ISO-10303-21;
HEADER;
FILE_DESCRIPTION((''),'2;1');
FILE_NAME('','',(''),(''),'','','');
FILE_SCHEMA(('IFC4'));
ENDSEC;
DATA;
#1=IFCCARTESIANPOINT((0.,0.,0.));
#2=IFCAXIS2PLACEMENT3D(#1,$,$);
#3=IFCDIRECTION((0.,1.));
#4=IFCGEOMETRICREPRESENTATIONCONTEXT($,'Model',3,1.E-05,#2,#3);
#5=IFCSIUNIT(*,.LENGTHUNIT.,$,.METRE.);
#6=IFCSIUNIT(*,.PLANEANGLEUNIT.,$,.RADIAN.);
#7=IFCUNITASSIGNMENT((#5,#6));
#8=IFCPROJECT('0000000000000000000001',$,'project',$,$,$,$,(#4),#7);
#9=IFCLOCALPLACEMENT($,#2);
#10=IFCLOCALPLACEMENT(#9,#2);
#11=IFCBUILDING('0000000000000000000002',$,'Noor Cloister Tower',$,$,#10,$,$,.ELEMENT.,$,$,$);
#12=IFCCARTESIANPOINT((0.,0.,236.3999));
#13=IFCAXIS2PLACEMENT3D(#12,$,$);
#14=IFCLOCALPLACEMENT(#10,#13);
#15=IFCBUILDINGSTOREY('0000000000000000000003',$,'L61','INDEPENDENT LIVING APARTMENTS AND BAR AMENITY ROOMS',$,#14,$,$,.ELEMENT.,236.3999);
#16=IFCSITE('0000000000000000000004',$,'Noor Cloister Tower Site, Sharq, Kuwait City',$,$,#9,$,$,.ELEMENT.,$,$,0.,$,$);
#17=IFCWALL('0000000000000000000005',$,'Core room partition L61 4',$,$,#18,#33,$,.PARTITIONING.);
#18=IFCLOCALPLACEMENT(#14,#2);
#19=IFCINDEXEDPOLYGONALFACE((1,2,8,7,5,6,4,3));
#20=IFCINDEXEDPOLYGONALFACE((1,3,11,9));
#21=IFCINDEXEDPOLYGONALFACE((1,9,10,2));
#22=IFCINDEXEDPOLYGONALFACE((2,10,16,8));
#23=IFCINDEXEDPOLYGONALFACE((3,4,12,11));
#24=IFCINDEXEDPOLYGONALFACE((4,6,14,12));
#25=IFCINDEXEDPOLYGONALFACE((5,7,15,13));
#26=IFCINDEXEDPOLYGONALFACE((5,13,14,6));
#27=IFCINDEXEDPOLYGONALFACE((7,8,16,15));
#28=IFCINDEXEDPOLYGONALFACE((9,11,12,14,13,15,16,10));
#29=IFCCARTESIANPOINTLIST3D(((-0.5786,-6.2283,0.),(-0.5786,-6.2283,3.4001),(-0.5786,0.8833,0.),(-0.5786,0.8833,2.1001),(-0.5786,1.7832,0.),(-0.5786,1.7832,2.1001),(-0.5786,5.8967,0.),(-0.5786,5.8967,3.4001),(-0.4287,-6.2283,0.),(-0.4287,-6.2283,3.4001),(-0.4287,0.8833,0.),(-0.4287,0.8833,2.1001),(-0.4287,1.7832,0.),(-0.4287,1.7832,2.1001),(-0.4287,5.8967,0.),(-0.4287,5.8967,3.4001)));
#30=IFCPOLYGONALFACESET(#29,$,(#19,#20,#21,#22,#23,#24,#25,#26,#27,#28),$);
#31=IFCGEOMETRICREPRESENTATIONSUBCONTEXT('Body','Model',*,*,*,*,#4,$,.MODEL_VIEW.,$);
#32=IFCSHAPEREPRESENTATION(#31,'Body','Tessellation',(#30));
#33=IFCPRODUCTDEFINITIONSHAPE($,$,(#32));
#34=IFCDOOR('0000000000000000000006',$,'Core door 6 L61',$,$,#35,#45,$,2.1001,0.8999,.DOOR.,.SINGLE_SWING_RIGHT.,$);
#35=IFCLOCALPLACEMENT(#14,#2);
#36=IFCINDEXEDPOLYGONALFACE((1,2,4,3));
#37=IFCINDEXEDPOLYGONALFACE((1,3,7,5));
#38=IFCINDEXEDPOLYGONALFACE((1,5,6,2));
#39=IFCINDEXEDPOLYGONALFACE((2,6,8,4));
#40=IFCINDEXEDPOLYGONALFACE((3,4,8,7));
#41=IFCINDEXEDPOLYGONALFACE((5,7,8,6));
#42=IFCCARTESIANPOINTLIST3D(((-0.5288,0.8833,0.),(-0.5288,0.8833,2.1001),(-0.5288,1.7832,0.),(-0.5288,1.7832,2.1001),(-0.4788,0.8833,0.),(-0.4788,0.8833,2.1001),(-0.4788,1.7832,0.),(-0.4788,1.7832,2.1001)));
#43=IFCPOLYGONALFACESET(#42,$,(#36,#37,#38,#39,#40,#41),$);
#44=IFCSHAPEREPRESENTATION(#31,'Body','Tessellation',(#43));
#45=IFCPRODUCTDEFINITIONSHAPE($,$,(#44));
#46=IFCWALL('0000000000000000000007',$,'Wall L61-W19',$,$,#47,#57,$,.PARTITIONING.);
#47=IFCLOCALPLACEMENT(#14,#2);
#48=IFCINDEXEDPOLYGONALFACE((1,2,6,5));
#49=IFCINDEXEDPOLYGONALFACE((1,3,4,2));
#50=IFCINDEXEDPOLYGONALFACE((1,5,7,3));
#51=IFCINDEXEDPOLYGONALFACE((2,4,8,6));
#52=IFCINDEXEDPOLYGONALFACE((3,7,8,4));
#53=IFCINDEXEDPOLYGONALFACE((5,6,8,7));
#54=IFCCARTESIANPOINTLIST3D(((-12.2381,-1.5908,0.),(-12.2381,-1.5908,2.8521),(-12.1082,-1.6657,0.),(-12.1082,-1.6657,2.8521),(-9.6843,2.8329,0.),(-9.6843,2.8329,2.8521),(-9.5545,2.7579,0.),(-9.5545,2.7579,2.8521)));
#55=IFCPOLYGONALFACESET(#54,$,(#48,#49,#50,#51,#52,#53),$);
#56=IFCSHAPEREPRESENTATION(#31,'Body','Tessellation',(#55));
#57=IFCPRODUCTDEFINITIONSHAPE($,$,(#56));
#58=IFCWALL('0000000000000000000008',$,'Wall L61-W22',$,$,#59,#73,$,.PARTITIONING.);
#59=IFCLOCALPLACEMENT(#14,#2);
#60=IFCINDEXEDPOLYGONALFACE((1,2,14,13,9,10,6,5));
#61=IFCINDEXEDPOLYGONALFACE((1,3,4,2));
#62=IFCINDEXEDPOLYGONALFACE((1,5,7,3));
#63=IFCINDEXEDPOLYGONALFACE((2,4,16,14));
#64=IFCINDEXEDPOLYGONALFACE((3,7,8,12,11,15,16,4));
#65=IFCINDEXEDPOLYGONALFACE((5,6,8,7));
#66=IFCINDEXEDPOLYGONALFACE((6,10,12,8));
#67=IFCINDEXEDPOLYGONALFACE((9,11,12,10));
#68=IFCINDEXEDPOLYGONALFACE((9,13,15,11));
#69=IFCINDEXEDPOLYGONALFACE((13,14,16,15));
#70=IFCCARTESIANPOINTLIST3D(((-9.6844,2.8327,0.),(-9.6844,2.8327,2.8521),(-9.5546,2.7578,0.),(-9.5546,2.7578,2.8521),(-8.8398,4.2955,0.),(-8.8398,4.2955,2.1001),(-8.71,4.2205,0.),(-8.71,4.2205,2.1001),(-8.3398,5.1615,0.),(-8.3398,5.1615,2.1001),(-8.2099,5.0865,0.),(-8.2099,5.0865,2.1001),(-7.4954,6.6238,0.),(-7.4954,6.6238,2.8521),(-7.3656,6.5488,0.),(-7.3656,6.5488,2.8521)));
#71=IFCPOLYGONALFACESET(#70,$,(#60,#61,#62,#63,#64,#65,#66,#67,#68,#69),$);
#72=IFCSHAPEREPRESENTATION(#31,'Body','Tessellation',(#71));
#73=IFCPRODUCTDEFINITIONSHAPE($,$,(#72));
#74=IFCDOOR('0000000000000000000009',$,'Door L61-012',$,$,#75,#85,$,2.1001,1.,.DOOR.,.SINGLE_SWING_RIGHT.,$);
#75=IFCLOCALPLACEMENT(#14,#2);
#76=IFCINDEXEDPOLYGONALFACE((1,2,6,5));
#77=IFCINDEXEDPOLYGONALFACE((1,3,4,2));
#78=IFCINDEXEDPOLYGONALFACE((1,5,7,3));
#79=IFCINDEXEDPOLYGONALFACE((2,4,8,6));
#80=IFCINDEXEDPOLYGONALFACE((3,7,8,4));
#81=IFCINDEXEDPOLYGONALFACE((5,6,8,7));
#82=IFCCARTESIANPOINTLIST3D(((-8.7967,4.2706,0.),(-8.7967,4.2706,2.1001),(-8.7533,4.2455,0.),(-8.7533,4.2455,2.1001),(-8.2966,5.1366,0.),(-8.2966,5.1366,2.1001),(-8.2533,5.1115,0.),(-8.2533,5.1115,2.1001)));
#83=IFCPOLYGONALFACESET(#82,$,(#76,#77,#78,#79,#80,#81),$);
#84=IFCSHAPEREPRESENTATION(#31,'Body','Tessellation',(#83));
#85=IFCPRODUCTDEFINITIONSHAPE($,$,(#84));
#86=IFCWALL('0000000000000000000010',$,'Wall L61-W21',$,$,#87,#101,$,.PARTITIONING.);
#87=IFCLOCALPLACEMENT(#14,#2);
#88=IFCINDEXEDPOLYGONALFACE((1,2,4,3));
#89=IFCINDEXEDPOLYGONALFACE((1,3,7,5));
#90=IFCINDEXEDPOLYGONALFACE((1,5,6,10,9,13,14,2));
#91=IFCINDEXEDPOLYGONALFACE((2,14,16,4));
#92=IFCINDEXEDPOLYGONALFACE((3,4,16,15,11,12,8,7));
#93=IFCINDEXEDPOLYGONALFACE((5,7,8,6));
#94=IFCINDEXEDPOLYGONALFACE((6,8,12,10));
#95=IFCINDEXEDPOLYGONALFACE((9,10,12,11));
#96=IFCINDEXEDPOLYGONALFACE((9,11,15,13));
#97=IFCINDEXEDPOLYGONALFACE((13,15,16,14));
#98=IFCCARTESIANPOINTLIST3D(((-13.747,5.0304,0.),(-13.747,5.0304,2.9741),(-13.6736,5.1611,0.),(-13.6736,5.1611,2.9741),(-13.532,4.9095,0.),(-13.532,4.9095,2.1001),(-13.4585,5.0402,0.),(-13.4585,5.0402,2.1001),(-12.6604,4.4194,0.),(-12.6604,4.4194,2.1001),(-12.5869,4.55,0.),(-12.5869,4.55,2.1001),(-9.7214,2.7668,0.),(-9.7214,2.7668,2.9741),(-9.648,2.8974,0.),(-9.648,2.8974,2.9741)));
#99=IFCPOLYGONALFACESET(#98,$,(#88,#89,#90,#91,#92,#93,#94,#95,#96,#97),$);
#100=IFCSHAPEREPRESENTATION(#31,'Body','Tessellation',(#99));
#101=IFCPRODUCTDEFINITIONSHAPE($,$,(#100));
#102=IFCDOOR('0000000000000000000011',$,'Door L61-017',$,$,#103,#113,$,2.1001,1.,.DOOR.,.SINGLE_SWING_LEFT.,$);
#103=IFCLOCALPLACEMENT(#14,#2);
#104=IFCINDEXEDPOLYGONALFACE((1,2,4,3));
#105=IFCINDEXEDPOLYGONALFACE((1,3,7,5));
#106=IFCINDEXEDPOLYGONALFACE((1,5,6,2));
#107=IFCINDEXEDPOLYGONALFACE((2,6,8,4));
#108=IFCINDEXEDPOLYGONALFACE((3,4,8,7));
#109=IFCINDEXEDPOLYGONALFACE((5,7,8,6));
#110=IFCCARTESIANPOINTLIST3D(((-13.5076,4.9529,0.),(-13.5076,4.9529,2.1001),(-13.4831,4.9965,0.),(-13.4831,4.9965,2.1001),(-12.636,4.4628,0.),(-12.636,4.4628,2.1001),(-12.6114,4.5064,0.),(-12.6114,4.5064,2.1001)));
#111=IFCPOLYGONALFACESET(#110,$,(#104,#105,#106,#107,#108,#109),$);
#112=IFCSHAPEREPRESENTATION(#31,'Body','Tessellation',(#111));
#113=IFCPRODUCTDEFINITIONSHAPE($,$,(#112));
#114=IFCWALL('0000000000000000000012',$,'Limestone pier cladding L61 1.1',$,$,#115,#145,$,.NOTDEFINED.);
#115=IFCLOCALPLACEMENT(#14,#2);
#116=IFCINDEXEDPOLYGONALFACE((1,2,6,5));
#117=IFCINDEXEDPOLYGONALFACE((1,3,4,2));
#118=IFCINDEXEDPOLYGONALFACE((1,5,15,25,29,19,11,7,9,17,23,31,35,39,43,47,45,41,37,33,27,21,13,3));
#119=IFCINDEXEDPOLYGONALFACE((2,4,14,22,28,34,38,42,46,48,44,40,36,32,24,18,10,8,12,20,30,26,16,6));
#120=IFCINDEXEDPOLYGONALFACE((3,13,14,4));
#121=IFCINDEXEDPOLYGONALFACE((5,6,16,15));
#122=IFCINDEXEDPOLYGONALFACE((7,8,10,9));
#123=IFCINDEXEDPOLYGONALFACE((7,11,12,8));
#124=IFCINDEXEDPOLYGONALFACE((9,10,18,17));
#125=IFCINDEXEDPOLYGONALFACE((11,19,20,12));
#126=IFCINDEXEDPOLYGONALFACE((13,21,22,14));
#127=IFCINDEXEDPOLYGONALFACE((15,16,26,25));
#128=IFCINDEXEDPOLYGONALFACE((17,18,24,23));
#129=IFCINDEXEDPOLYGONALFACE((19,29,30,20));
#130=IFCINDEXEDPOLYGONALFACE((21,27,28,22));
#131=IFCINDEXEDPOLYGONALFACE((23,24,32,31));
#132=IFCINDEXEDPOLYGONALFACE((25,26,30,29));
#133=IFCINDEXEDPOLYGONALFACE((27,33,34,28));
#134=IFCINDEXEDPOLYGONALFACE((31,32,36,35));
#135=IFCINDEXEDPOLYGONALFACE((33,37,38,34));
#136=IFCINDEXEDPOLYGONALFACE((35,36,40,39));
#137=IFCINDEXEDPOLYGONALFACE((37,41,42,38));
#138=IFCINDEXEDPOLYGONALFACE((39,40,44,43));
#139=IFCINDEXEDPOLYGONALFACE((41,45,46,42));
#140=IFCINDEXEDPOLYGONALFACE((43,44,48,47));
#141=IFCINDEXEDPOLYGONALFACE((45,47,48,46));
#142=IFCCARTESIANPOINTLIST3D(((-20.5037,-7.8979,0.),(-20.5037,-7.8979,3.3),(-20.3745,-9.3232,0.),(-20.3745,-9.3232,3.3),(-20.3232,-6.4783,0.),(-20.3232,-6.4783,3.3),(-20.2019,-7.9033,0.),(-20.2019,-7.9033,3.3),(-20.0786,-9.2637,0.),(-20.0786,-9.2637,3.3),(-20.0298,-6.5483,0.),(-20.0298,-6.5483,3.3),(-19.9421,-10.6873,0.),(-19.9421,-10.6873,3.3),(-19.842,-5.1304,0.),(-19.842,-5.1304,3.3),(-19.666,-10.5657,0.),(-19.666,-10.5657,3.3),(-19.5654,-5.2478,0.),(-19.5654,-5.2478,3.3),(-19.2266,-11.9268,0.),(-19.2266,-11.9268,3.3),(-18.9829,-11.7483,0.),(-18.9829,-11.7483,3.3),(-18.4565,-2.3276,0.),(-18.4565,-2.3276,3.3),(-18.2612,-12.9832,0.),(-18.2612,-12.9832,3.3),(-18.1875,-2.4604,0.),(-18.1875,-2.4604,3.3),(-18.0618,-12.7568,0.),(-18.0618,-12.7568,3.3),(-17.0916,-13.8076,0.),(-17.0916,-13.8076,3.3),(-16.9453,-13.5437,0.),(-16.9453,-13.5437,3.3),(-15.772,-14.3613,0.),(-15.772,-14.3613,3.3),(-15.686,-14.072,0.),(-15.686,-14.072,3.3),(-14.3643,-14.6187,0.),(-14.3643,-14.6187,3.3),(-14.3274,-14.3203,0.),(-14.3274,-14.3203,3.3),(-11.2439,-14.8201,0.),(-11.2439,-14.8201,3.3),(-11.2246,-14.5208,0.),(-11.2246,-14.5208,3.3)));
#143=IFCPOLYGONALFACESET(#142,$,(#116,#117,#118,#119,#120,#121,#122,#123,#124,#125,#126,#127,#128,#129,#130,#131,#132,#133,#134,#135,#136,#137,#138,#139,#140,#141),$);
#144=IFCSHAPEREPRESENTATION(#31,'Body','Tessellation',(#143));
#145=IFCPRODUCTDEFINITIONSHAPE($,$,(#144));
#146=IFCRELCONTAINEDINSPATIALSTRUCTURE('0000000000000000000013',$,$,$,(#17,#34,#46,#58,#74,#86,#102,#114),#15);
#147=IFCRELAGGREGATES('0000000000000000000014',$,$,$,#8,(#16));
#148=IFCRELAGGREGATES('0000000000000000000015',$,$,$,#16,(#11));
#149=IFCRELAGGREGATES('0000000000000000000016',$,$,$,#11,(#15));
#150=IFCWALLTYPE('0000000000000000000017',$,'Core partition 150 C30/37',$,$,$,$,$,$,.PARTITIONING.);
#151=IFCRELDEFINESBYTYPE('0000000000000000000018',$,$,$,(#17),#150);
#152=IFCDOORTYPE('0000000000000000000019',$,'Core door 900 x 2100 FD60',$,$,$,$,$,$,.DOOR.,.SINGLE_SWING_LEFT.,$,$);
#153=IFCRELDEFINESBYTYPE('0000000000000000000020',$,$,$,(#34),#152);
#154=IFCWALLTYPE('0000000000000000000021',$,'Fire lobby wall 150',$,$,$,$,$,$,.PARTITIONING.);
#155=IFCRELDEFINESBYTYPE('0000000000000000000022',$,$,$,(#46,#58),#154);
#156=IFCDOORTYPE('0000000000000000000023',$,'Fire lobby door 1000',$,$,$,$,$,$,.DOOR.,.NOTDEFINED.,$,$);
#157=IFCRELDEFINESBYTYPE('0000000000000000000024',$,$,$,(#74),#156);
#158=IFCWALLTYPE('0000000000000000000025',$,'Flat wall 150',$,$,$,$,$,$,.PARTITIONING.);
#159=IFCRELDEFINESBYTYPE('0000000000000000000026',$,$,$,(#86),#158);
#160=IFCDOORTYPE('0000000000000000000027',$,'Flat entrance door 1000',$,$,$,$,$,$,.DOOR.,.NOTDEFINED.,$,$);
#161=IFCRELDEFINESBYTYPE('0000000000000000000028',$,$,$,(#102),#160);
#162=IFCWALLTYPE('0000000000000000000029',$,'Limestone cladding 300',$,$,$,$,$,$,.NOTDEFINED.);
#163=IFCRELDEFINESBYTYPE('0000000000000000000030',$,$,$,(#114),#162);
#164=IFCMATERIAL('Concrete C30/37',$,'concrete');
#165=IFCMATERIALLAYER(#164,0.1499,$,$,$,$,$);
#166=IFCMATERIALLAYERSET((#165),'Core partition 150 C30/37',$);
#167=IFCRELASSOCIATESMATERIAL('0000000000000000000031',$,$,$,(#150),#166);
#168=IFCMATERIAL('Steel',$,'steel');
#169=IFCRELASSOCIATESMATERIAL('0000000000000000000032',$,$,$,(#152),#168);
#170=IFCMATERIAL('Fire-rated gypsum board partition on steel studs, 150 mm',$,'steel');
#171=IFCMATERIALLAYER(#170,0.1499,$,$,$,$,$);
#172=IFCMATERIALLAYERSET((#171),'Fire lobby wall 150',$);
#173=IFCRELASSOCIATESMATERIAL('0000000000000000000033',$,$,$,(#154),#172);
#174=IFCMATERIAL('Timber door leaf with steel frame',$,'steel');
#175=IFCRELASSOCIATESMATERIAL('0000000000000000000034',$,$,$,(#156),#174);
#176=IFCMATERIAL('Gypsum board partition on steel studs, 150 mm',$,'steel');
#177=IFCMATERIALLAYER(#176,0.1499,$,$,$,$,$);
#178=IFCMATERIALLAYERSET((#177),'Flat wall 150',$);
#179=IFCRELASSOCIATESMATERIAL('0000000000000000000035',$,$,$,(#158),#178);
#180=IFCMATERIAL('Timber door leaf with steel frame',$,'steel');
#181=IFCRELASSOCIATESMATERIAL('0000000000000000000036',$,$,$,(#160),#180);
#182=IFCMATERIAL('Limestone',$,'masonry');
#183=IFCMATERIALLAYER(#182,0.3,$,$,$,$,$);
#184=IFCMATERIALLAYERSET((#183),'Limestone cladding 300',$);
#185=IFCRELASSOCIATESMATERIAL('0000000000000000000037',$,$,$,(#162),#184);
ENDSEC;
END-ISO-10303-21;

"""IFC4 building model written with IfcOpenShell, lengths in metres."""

from ifc_helpers import new_model, si_unit, direction, frame, frame_2d, origin, place, context, subcontext, project, spatial, polyline, rectangle, outline, extrude, material, layer, layer_set, type_object, element, fill, save


model = new_model("IFC4")

# Units and contexts
model_context = context("Model", 3, precision=1e-05, world=origin(), true_north=direction((0.0, 1.0)))
body_context = subcontext(model_context, "Body", "Model", "MODEL_VIEW")
ifc_project = project(units=[si_unit("LENGTHUNIT", "METRE"), si_unit("PLANEANGLEUNIT", "RADIAN")], contexts=[model_context])

# Site, building, storey
site_placement = place(None, origin())
site = spatial("IfcSite", under=ifc_project, at=site_placement, Name="Noor Cloister Tower Site, Sharq, Kuwait City", CompositionType="ELEMENT", RefElevation=0.0)
building_placement = place(site_placement, origin())
building = spatial("IfcBuilding", under=site, at=building_placement, Name="Noor Cloister Tower", CompositionType="ELEMENT")
storey_placement = place(building_placement, frame((0.0, 0.0, 236.3999)))
storey = spatial("IfcBuildingStorey", under=building, at=storey_placement, Name="L61", Description="INDEPENDENT LIVING APARTMENTS AND BAR AMENITY ROOMS", CompositionType="ELEMENT", Elevation=236.3999)

# Shared definitions
ifc_material_1 = material(Name="Concrete C30/37", Category="concrete")
ifc_layer_1 = layer(ifc_material_1, 0.1499)
ifc_layer_set_1 = layer_set([ifc_layer_1], Name="Core partition 150 C30/37")
wall_type_1 = type_object("IfcWallType", Name="Core partition 150 C30/37", PredefinedType="PARTITIONING", material=ifc_layer_set_1)

# Wall, opening, door
wall_1_placement = place(storey_placement, frame((-0.5037, 5.8967, 0.0), z_axis=(0.0, 0.0, 1.0), x_axis=(0.0, -1.0, 0.0)))
wall_1 = element("IfcWall", 1, at=wall_1_placement, inside=storey, type_object=wall_type_1, Name="Core room partition L61 4", PredefinedType="PARTITIONING", context=body_context, shape_type="SweptSolid", body=[
    extrude(rectangle(XDim=12.125, YDim=0.1499, at=frame_2d((6.0625, 0.0))), origin(), (0.0, 0.0, 1.0), 3.4001),
])
opening_1_placement = place(wall_1_placement, frame((4.1135, 0.0, 0.0)))
opening_1 = element("IfcOpeningElement", 2, at=opening_1_placement, cuts=wall_1, PredefinedType="OPENING", context=body_context, shape_type="SweptSolid", body=[
    extrude(rectangle(XDim=0.8999, YDim=2.1001, at=frame_2d((0.45, 1.05))), frame((0.0, 0.085, 0.0), z_axis=(0.0, -1.0, 0.0), x_axis=(1.0, 0.0, 0.0)), (0.0, 0.0, 1.0), 0.1699),
])
ifc_material_2 = material(Name="Steel", Category="steel")
door_type_1 = type_object("IfcDoorType", Name="Core door 900 x 2100 FD60", OperationType="SINGLE_SWING_LEFT", PredefinedType="DOOR", material=ifc_material_2)
door_1_placement = place(opening_1_placement, origin())
door_1 = element("IfcDoor", 3, at=door_1_placement, inside=storey, type_object=door_type_1, Name="Core door 6 L61", OperationType="SINGLE_SWING_RIGHT", OverallHeight=2.1001, OverallWidth=0.8999, PredefinedType="DOOR", context=body_context, shape_type="SweptSolid", body=[
    extrude(rectangle(XDim=0.8999, YDim=2.1001, at=frame_2d((0.45, 1.05))), frame((0.0, 0.0249, 0.0), z_axis=(0.0, -1.0, 0.0), x_axis=(1.0, 0.0, 0.0)), (0.0, 0.0, 1.0), 0.05),
])
fill(opening_1, door_1)

# Wall
ifc_material_3 = material(Name="Fire-rated gypsum board partition on steel studs, 150 mm", Category="steel")
ifc_layer_2 = layer(ifc_material_3, 0.1499)
ifc_layer_set_2 = layer_set([ifc_layer_2], Name="Fire lobby wall 150")
wall_type_2 = type_object("IfcWallType", Name="Fire lobby wall 150", PredefinedType="PARTITIONING", material=ifc_layer_set_2)
wall_2_placement = place(storey_placement, frame((-9.6194, 2.7954, 0.0), z_axis=(0.0, 0.0, 1.0), x_axis=(-0.499964, -0.866046, 0.0)))
element("IfcWall", 4, at=wall_2_placement, inside=storey, type_object=wall_type_2, Name="Wall L61-W19", PredefinedType="PARTITIONING", context=body_context, shape_type="SweptSolid", body=[
    extrude(rectangle(XDim=5.1079, YDim=0.1499, at=frame_2d((2.554, 0.0))), origin(), (0.0, 0.0, 1.0), 2.8521),
])

# Walls, openings, doors
wall_3_placement = place(storey_placement, frame((-7.4304, 6.5864, 0.0), z_axis=(0.0, 0.0, 1.0), x_axis=(-0.500038, -0.866004, 0.0)))
wall_3 = element("IfcWall", 5, at=wall_3_placement, inside=storey, type_object=wall_type_2, Name="Wall L61-W22", PredefinedType="PARTITIONING", context=body_context, shape_type="SweptSolid", body=[
    extrude(rectangle(XDim=4.3777, YDim=0.1499, at=frame_2d((2.189, 0.0))), origin(), (0.0, 0.0, 1.0), 2.8521),
])
opening_2_placement = place(wall_3_placement, frame((1.6887, 0.0, 0.0)))
opening_2 = element("IfcOpeningElement", 6, at=opening_2_placement, cuts=wall_3, PredefinedType="OPENING", context=body_context, shape_type="SweptSolid", body=[
    extrude(rectangle(XDim=1.0, YDim=2.1001, at=frame_2d((0.5, 1.05))), frame((0.0, 0.085, 0.0), z_axis=(0.0, -1.0, 0.0), x_axis=(1.0, 0.0, 0.0)), (0.0, 0.0, 1.0), 0.1699),
])
ifc_material_4 = material(Name="Timber door leaf with steel frame", Category="steel")
door_type_2 = type_object("IfcDoorType", Name="Fire lobby door 1000", OperationType="NOTDEFINED", PredefinedType="DOOR", material=ifc_material_4)
door_2_placement = place(opening_2_placement, origin())
door_2 = element("IfcDoor", 7, at=door_2_placement, inside=storey, type_object=door_type_2, Name="Door L61-012", OperationType="SINGLE_SWING_RIGHT", OverallHeight=2.1001, OverallWidth=1.0, PredefinedType="DOOR", context=body_context, shape_type="SweptSolid", body=[
    extrude(rectangle(XDim=1.0, YDim=2.1001, at=frame_2d((0.5, 1.05))), frame((0.0, 0.0249, 0.0), z_axis=(0.0, -1.0, 0.0), x_axis=(1.0, 0.0, 0.0)), (0.0, 0.0, 1.0), 0.05),
])
fill(opening_2, door_2)
ifc_material_5 = material(Name="Gypsum board partition on steel studs, 150 mm", Category="steel")
ifc_layer_3 = layer(ifc_material_5, 0.1499)
ifc_layer_set_3 = layer_set([ifc_layer_3], Name="Flat wall 150")
wall_type_3 = type_object("IfcWallType", Name="Flat wall 150", PredefinedType="PARTITIONING", material=ifc_layer_set_3)
wall_4_placement = place(storey_placement, frame((-13.7102, 5.0957, 0.0), z_axis=(0.0, 0.0, 1.0), x_axis=(0.871645, -0.490138, 0.0)))
wall_4 = element("IfcWall", 8, at=wall_4_placement, inside=storey, type_object=wall_type_3, Name="Wall L61-W21", PredefinedType="PARTITIONING", context=body_context, shape_type="SweptSolid", body=[
    extrude(rectangle(XDim=4.6184, YDim=0.1499, at=frame_2d((2.3091, 0.0))), origin(), (0.0, 0.0, 1.0), 2.9741),
])
opening_3_placement = place(wall_4_placement, frame((0.2466, 0.0, 0.0)))
opening_3 = element("IfcOpeningElement", 9, at=opening_3_placement, cuts=wall_4, PredefinedType="OPENING", context=body_context, shape_type="SweptSolid", body=[
    extrude(rectangle(XDim=1.0, YDim=2.1001, at=frame_2d((0.5, 1.05))), frame((0.0, 0.085, 0.0), z_axis=(0.0, -1.0, 0.0), x_axis=(1.0, 0.0, 0.0)), (0.0, 0.0, 1.0), 0.1699),
])
ifc_material_6 = material(Name="Timber door leaf with steel frame", Category="steel")
door_type_3 = type_object("IfcDoorType", Name="Flat entrance door 1000", OperationType="NOTDEFINED", PredefinedType="DOOR", material=ifc_material_6)
door_3_placement = place(opening_3_placement, origin())
door_3 = element("IfcDoor", 10, at=door_3_placement, inside=storey, type_object=door_type_3, Name="Door L61-017", OperationType="SINGLE_SWING_LEFT", OverallHeight=2.1001, OverallWidth=1.0, PredefinedType="DOOR", context=body_context, shape_type="SweptSolid", body=[
    extrude(rectangle(XDim=1.0, YDim=2.1001, at=frame_2d((0.5, 1.05))), frame((0.0, 0.0249, 0.0), z_axis=(0.0, -1.0, 0.0), x_axis=(1.0, 0.0, 0.0)), (0.0, 0.0, 1.0), 0.05),
])
fill(opening_3, door_3)

# Wall
ifc_material_7 = material(Name="Limestone", Category="masonry")
ifc_layer_4 = layer(ifc_material_7, 0.3)
ifc_layer_set_4 = layer_set([ifc_layer_4], Name="Limestone cladding 300")
wall_type_4 = type_object("IfcWallType", Name="Limestone cladding 300", PredefinedType="NOTDEFINED", material=ifc_layer_set_4)
wall_5_placement = place(storey_placement, origin())
element("IfcWall", 11, at=wall_5_placement, inside=storey, type_object=wall_type_4, Name="Limestone pier cladding L61 1.1", PredefinedType="NOTDEFINED", context=body_context, shape_type="SweptSolid", body=[
    extrude(outline(polyline([(-18.4565, -2.3276), (-19.842, -5.1304), (-20.3232, -6.4783), (-20.5037, -7.8979), (-20.3745, -9.3232), (-19.9421, -10.6873), (-19.2266, -11.9268), (-18.2612, -12.9832), (-17.0916, -13.8076), (-15.772, -14.3613), (-14.3643, -14.6187), (-11.2439, -14.8201), (-11.2246, -14.5208), (-14.3274, -14.3203), (-15.686, -14.072), (-16.9453, -13.5437), (-18.0618, -12.7568), (-18.9829, -11.7483), (-19.666, -10.5657), (-20.0786, -9.2637), (-20.2019, -7.9033), (-20.0298, -6.5483), (-19.5654, -5.2478), (-18.1875, -2.4604), (-18.4565, -2.3276)])), origin(), (0.0, 0.0, 1.0), 3.3),
])

save(model, "model.ifc")
